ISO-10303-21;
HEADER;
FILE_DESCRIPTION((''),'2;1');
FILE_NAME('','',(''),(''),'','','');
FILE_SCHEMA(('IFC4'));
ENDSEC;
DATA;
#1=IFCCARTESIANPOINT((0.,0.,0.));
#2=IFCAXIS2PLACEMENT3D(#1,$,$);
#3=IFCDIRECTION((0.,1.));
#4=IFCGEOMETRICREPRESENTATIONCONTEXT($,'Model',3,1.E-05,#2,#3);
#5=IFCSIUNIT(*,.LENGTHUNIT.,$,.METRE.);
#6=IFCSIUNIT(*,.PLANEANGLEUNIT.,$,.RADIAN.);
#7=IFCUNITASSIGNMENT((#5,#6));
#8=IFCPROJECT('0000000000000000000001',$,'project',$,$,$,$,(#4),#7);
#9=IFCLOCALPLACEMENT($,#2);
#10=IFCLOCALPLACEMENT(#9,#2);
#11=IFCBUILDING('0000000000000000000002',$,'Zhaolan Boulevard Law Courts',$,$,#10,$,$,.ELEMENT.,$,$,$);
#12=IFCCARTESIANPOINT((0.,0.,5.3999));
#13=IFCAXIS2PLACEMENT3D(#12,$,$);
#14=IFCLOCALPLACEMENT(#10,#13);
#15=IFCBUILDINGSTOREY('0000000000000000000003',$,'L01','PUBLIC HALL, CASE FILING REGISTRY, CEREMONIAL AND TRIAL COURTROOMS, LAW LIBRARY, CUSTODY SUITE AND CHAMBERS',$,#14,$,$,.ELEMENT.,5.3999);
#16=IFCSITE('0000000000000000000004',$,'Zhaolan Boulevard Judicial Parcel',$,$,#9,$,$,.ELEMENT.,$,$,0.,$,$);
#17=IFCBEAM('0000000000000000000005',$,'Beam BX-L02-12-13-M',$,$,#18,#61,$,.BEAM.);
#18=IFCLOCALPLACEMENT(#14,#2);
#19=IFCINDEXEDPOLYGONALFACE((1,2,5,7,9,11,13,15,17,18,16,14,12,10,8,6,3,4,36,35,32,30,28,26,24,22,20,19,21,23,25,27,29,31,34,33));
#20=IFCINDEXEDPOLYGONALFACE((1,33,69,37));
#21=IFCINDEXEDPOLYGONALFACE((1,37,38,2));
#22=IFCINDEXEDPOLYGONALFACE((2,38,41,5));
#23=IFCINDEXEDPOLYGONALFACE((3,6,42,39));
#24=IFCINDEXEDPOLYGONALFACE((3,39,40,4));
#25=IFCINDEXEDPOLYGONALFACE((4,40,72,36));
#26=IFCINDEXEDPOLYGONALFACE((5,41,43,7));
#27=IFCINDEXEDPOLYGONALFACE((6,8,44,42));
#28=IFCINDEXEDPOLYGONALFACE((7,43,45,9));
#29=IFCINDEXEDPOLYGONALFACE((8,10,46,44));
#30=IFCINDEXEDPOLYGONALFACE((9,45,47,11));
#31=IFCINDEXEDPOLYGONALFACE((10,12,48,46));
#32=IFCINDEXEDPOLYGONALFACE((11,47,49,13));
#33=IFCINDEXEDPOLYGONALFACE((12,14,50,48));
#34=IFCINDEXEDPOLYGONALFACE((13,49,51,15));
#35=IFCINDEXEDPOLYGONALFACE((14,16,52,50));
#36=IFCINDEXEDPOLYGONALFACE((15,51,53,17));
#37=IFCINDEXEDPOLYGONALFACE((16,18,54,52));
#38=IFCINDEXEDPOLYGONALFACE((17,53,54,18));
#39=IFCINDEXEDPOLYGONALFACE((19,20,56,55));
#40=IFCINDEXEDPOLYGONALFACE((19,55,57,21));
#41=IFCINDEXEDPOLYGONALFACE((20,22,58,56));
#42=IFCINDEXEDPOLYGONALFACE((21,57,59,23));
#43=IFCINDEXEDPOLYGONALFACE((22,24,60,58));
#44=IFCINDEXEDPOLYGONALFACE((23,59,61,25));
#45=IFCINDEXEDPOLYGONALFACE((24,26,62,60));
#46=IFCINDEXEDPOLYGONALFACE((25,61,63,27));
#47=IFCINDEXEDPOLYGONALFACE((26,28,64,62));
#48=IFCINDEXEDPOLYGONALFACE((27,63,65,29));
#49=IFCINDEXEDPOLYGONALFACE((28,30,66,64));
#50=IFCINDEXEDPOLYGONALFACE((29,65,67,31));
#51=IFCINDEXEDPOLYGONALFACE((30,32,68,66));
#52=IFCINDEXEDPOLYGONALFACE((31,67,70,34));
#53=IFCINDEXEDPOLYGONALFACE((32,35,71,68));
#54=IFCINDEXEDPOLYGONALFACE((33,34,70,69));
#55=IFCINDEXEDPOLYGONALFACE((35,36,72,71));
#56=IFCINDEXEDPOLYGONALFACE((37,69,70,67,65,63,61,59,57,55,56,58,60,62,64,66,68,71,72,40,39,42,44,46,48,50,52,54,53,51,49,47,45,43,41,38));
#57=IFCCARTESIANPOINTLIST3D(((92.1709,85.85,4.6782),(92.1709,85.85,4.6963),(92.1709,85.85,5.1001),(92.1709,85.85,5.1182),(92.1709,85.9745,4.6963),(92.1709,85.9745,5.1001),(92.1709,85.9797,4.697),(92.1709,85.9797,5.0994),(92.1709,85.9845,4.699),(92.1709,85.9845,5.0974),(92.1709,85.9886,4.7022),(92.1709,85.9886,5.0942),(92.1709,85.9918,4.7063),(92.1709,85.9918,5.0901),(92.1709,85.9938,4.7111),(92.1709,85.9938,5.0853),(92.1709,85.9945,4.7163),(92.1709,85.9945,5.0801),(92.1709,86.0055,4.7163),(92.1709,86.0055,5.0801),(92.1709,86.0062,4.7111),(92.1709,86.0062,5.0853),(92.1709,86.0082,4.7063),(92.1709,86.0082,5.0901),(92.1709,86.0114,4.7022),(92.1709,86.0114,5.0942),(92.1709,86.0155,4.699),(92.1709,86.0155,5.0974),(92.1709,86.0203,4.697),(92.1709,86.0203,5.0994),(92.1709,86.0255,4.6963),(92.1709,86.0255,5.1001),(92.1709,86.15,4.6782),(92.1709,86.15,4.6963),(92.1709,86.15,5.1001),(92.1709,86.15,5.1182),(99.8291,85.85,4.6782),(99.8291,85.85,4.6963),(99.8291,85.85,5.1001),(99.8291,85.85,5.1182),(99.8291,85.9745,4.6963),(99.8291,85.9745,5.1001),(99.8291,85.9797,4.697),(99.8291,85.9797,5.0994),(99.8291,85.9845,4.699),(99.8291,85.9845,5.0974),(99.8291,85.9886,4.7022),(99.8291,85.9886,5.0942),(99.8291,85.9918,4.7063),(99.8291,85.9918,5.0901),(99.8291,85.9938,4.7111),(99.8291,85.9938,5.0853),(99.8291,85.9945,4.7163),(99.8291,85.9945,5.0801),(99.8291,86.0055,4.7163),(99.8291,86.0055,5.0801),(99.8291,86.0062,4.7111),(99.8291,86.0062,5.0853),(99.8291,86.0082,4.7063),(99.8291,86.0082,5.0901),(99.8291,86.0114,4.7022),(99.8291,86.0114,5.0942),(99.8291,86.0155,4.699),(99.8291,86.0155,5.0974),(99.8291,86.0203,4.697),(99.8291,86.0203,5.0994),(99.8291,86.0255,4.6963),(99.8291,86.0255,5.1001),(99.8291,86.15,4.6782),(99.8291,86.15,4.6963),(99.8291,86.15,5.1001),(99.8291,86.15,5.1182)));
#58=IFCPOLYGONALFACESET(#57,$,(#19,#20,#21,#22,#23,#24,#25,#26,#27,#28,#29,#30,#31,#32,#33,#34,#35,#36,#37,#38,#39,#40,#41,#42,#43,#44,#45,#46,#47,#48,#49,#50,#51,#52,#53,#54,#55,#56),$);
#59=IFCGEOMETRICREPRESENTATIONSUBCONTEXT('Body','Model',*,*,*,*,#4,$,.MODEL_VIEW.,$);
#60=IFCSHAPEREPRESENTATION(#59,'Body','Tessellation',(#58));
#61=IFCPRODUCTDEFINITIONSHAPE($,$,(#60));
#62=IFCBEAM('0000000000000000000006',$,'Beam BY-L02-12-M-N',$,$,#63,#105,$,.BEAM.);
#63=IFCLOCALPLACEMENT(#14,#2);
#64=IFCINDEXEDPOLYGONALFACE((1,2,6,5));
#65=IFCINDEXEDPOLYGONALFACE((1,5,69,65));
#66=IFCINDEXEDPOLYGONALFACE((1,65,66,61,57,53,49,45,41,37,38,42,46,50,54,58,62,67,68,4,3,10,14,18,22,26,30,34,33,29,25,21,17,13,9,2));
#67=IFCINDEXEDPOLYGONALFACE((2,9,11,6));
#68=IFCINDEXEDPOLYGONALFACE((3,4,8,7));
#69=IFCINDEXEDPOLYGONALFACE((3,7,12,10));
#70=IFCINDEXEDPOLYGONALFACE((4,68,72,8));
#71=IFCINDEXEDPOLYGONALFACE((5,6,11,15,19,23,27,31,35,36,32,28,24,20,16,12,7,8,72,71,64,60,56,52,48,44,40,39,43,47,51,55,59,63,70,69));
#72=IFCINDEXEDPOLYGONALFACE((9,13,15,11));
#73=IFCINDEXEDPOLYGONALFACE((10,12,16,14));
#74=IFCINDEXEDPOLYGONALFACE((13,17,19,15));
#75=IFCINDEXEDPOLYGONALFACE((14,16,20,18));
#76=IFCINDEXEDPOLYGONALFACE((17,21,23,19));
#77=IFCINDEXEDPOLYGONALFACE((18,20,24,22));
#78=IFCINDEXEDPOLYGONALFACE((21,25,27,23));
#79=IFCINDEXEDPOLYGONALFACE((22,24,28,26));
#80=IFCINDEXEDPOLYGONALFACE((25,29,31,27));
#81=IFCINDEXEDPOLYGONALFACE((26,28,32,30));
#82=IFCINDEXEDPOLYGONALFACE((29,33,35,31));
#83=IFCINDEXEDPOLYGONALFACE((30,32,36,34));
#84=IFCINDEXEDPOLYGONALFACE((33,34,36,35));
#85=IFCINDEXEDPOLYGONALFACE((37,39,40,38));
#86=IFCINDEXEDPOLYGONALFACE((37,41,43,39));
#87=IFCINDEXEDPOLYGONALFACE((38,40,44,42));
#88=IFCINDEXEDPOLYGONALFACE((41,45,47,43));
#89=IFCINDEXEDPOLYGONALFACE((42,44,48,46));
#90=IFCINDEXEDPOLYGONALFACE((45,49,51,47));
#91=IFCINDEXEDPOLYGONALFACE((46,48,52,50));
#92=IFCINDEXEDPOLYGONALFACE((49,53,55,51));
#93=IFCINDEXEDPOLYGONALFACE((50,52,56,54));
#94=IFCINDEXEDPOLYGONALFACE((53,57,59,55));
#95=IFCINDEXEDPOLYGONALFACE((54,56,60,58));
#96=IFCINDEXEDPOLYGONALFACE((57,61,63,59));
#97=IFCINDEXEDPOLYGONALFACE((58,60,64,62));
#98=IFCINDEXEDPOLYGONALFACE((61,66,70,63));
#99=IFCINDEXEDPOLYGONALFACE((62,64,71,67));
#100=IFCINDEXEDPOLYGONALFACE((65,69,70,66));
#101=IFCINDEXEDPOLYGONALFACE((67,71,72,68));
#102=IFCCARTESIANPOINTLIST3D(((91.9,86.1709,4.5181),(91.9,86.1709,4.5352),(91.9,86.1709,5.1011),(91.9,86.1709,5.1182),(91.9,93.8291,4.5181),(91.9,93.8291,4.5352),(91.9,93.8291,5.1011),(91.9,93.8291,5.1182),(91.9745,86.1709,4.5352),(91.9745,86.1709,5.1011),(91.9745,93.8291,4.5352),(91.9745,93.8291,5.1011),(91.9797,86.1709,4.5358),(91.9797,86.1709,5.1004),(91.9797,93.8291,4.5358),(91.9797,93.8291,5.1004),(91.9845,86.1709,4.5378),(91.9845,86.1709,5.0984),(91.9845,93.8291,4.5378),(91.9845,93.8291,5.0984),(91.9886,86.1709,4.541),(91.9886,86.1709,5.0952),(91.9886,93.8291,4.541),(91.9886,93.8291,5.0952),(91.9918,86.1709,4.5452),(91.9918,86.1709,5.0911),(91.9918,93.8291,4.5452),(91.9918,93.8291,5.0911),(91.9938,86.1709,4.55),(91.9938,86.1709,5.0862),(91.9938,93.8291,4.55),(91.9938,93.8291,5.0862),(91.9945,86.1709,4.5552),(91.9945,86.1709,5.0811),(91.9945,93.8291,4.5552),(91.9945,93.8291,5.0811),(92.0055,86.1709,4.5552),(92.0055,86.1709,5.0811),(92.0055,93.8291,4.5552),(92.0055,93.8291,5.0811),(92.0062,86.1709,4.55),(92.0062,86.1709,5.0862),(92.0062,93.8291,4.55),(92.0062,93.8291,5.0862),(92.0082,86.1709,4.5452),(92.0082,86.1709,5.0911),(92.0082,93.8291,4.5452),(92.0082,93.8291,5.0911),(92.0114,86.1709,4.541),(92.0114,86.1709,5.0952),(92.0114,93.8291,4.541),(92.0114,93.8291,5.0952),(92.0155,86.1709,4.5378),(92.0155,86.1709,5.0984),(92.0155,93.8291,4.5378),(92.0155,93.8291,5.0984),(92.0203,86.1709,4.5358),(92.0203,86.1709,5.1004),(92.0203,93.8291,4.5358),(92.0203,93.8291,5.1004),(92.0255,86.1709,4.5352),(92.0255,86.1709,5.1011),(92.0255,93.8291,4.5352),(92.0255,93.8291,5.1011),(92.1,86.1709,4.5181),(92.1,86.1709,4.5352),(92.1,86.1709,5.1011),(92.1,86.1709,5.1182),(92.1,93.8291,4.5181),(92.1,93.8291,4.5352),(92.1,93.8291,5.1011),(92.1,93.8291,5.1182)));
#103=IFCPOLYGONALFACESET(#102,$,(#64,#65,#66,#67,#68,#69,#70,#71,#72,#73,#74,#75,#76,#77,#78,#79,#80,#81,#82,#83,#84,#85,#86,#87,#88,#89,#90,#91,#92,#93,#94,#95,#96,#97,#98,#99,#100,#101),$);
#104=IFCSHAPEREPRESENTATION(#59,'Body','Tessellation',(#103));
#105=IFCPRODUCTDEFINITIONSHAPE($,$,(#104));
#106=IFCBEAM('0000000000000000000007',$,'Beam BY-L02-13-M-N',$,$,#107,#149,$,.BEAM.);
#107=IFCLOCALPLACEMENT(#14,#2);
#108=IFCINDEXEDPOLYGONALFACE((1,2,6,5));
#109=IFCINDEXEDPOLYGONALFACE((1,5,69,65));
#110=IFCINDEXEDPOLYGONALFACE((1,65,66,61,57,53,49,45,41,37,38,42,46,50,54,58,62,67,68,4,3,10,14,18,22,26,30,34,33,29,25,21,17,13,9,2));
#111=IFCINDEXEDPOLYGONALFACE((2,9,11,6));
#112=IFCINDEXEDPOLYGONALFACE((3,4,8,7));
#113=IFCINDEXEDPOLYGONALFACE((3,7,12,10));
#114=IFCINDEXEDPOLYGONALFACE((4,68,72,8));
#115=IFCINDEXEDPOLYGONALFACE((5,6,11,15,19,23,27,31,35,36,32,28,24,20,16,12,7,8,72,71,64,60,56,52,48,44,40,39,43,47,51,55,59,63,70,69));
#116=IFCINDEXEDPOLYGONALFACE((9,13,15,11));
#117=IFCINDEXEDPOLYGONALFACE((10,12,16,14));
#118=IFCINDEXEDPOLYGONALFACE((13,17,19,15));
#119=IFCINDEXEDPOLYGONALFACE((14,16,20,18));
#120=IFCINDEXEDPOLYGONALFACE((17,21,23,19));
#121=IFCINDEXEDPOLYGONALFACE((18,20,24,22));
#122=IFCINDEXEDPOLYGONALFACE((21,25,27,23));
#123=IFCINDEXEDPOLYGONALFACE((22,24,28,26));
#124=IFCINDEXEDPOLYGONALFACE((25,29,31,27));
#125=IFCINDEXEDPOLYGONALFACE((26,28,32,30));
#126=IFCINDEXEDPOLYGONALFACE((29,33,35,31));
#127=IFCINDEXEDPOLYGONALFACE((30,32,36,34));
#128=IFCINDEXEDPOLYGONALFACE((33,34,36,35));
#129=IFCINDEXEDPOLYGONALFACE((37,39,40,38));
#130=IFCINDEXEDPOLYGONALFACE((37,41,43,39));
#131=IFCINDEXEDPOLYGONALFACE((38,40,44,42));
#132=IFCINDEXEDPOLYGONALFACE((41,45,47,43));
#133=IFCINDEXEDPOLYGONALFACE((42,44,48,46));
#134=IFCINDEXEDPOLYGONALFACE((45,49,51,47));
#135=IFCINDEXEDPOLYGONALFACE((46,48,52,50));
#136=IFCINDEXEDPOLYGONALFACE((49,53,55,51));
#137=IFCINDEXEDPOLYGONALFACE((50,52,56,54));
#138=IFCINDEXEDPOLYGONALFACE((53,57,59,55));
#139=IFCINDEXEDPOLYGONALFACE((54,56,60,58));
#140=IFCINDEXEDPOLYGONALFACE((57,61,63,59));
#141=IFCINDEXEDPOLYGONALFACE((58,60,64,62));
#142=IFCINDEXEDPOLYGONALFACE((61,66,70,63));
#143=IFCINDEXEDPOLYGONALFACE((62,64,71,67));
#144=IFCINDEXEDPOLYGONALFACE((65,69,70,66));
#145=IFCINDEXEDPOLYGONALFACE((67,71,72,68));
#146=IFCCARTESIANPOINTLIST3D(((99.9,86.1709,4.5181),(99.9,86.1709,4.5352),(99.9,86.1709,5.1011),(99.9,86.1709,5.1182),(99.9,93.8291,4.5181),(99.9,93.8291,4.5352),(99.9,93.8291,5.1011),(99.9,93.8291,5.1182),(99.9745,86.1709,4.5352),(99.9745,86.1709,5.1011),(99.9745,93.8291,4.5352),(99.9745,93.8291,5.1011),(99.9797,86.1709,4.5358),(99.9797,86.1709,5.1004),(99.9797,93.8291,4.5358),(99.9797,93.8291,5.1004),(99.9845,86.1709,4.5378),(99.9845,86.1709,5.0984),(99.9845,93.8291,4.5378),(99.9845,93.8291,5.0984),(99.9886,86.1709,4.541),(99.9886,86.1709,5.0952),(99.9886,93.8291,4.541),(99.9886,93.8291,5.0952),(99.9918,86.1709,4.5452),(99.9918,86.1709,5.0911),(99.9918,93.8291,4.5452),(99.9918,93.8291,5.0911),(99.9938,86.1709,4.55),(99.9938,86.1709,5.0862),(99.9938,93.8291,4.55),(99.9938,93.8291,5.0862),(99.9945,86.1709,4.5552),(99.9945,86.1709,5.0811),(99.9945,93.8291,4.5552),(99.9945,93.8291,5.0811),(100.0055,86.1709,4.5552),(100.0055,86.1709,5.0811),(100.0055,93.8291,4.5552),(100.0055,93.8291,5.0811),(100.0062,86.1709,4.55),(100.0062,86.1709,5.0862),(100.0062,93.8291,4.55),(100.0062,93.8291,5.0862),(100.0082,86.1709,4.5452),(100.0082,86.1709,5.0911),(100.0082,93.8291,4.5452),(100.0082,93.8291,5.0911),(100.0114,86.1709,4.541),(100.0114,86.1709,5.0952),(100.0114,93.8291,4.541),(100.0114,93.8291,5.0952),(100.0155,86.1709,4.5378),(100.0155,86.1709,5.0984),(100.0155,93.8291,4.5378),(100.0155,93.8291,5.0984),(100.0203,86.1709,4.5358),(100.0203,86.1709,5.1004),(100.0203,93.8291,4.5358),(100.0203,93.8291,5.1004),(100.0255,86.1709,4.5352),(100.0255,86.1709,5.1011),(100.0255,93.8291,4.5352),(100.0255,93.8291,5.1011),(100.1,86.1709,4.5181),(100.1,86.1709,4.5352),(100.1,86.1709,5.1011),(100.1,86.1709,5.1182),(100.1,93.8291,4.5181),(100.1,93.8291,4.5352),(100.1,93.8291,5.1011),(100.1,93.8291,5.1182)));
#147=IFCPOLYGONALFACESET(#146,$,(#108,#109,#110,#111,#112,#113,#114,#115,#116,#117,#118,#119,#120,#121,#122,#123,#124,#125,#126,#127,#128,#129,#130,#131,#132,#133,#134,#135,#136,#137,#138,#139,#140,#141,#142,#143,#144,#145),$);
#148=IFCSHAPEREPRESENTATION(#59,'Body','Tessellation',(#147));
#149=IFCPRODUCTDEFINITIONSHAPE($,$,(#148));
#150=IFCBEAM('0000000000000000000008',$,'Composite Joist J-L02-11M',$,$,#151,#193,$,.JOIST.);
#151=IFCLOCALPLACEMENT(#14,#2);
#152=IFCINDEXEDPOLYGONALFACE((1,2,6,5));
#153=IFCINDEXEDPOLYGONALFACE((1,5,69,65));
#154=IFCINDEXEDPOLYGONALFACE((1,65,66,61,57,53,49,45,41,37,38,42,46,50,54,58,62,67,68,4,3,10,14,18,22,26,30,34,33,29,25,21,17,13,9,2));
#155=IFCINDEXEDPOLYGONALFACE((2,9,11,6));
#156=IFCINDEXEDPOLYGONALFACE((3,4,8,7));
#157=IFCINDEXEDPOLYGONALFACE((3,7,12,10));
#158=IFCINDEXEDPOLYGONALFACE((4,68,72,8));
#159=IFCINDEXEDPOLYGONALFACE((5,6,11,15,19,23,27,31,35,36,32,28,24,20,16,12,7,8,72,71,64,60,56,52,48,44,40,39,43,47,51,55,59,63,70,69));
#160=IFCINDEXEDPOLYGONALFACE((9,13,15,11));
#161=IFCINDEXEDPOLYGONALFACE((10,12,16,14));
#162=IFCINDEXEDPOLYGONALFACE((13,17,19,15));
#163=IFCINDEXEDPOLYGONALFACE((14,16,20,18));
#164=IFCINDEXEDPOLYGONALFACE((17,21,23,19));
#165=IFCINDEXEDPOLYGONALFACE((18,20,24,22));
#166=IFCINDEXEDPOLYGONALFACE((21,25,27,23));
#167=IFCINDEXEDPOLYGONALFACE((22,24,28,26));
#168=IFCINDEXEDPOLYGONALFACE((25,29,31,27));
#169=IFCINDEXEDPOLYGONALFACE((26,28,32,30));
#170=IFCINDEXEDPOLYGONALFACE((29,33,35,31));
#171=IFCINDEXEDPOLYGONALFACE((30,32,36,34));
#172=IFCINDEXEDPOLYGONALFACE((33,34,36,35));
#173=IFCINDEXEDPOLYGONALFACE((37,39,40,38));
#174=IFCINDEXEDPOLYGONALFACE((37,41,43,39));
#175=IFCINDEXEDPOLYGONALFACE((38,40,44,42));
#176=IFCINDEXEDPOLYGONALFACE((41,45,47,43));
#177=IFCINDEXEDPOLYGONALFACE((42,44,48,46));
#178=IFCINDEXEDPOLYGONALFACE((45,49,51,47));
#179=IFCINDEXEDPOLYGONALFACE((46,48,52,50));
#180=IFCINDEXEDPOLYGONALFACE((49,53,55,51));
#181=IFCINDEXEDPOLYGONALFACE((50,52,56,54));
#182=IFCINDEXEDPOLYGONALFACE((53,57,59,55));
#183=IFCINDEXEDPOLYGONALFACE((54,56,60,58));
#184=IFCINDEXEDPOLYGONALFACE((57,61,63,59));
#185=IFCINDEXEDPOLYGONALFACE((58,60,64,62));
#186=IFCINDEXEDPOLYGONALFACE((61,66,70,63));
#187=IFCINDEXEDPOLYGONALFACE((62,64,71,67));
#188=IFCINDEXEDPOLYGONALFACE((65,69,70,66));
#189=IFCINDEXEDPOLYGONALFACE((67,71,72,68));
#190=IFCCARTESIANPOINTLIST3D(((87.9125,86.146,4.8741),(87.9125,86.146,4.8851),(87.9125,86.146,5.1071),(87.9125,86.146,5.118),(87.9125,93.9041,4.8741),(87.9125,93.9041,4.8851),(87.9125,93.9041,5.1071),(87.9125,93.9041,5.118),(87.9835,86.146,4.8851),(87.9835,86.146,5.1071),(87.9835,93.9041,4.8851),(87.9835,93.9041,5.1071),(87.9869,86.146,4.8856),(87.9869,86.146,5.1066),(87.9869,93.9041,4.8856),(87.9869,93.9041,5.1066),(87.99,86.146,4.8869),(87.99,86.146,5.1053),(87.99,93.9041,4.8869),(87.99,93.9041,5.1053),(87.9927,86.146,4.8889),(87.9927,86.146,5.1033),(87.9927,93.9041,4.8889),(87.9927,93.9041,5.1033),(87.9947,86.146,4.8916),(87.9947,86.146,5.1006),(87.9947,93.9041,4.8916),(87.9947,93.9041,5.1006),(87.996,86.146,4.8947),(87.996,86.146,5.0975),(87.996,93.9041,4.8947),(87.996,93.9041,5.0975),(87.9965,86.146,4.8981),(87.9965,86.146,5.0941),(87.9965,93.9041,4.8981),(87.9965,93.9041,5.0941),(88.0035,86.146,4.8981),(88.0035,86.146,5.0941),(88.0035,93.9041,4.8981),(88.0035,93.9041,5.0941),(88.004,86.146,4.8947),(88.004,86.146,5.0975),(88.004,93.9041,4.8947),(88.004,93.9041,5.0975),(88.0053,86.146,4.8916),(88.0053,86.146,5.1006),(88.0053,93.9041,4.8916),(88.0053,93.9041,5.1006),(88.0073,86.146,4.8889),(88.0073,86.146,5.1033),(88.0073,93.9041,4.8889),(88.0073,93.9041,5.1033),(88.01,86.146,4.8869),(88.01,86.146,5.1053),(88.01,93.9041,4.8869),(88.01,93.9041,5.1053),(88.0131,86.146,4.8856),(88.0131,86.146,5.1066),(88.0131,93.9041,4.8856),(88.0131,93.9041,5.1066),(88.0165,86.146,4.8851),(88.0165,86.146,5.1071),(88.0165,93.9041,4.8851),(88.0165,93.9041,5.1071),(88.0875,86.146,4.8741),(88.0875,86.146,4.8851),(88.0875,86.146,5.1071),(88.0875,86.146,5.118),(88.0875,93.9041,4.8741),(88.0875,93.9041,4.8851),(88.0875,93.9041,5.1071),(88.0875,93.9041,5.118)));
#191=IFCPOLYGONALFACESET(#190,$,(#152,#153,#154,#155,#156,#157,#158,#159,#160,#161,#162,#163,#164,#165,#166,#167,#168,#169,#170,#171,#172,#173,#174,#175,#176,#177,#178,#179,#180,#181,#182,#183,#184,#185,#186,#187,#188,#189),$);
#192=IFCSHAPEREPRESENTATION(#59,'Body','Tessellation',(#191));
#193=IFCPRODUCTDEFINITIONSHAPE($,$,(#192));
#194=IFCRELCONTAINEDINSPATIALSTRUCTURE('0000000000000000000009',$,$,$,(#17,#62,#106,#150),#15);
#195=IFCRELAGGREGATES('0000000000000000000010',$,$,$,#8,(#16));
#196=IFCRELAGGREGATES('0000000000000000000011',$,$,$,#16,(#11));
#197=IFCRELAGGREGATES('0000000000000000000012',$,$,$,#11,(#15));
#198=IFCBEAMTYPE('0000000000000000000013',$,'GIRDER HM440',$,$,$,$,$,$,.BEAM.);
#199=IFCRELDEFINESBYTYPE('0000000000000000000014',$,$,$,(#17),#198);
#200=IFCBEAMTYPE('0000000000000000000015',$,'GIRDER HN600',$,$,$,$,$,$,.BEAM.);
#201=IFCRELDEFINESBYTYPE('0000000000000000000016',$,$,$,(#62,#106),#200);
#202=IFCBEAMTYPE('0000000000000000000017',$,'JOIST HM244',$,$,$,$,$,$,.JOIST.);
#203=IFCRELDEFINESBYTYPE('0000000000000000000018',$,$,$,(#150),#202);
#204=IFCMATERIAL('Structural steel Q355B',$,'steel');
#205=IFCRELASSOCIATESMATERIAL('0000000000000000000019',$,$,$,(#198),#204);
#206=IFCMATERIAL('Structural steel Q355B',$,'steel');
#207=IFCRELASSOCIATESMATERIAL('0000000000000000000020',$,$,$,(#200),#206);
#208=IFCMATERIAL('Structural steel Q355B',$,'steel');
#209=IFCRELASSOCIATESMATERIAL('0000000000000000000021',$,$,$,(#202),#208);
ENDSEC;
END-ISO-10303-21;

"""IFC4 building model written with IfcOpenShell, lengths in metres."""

from ifc_helpers import new_model, si_unit, direction, frame, origin, origin_2d, place, context, subcontext, project, spatial, i_section, extrude, material, material_profile, profile_set, type_object, element, save


model = new_model("IFC4")

# Units and contexts
model_context = context("Model", 3, precision=1e-05, world=origin(), true_north=direction((0.0, 1.0)))
body_context = subcontext(model_context, "Body", "Model", "MODEL_VIEW")
ifc_project = project(units=[si_unit("LENGTHUNIT", "METRE"), si_unit("PLANEANGLEUNIT", "RADIAN")], contexts=[model_context])

# Site, building, storey
site_placement = place(None, origin())
site = spatial("IfcSite", under=ifc_project, at=site_placement, Name="Zhaolan Boulevard Judicial Parcel", CompositionType="ELEMENT", RefElevation=0.0)
building_placement = place(site_placement, origin())
building = spatial("IfcBuilding", under=site, at=building_placement, Name="Zhaolan Boulevard Law Courts", CompositionType="ELEMENT")
storey_placement = place(building_placement, frame((0.0, 0.0, 5.3999)))
storey = spatial("IfcBuildingStorey", under=building, at=storey_placement, Name="L01", Description="PUBLIC HALL, CASE FILING REGISTRY, CEREMONIAL AND TRIAL COURTROOMS, LAW LIBRARY, CUSTODY SUITE AND CHAMBERS", CompositionType="ELEMENT", Elevation=5.3999)

# Beams
ifc_material_1 = material(Name="Structural steel Q355B", Category="steel")
ifc_material_profile_1 = material_profile(ifc_material_1, i_section(OverallWidth=0.3, OverallDepth=0.4399, WebThickness=0.011, FlangeThickness=0.0181, FilletRadius=0.02, at=origin_2d()), Name="HM440x300")
ifc_profile_set_1 = profile_set([ifc_material_profile_1], Name="Structural steel Q355B")
beam_type_1 = type_object("IfcBeamType", Name="GIRDER HM440", PredefinedType="BEAM", material=ifc_profile_set_1)
beam_1_placement = place(storey_placement, frame((92.1709, 86.0, 4.8982), z_axis=(1.0, 0.0, 0.0), x_axis=(0.0, 1.0, 0.0)))
element("IfcBeam", 1, at=beam_1_placement, inside=storey, type_object=beam_type_1, Name="Beam BX-L02-12-13-M", PredefinedType="BEAM", context=body_context, shape_type="SweptSolid", body=[
    extrude(i_section(OverallWidth=0.3, OverallDepth=0.4399, WebThickness=0.011, FlangeThickness=0.0181, FilletRadius=0.02, at=origin_2d()), origin(), (0.0, 0.0, 1.0), 7.6582),
])
ifc_material_2 = material(Name="Structural steel Q355B", Category="steel")
ifc_material_profile_2 = material_profile(ifc_material_2, i_section(OverallWidth=0.2, OverallDepth=0.6001, WebThickness=0.011, FlangeThickness=0.0171, FilletRadius=0.02, at=origin_2d()), Name="HN600x200")
ifc_profile_set_2 = profile_set([ifc_material_profile_2], Name="Structural steel Q355B")
beam_type_2 = type_object("IfcBeamType", Name="GIRDER HN600", PredefinedType="BEAM", material=ifc_profile_set_2)
for number, where, z_axis, x_axis, name in (
    (2, (92.0, 86.1709, 4.8181), (0.0, 1.0, 0.0), (-1.0, 0.0, 0.0), "Beam BY-L02-12-M-N"),
    (3, (100.0, 86.1709, 4.8181), (0.0, 1.0, 0.0), (-1.0, 0.0, 0.0), "Beam BY-L02-13-M-N"),
):
    element("IfcBeam", number, at=place(storey_placement, frame(where, z_axis=z_axis, x_axis=x_axis)), inside=storey, type_object=beam_type_2, Name=name, PredefinedType="BEAM", context=body_context, shape_type="SweptSolid", body=[
        extrude(i_section(OverallWidth=0.2, OverallDepth=0.6001, WebThickness=0.011, FlangeThickness=0.0171, FilletRadius=0.02, at=origin_2d()), origin(), (0.0, 0.0, 1.0), 7.6582),
    ])
ifc_material_3 = material(Name="Structural steel Q355B", Category="steel")
ifc_material_profile_3 = material_profile(ifc_material_3, i_section(OverallWidth=0.175, OverallDepth=0.2439, WebThickness=0.0071, FlangeThickness=0.011, FilletRadius=0.0129, at=origin_2d()), Name="HM244x175")
ifc_profile_set_3 = profile_set([ifc_material_profile_3], Name="Structural steel Q355B")
beam_type_3 = type_object("IfcBeamType", Name="JOIST HM244", PredefinedType="JOIST", material=ifc_profile_set_3)
beam_2_placement = place(storey_placement, frame((88.0, 86.146, 4.9961), z_axis=(0.0, 1.0, 0.0), x_axis=(-1.0, 0.0, 0.0)))
element("IfcBeam", 4, at=beam_2_placement, inside=storey, type_object=beam_type_3, Name="Composite Joist J-L02-11M", PredefinedType="JOIST", context=body_context, shape_type="SweptSolid", body=[
    extrude(i_section(OverallWidth=0.175, OverallDepth=0.2439, WebThickness=0.0071, FlangeThickness=0.011, FilletRadius=0.0129, at=origin_2d()), origin(), (0.0, 0.0, 1.0), 7.7581),
])

save(model, "model.ifc")
